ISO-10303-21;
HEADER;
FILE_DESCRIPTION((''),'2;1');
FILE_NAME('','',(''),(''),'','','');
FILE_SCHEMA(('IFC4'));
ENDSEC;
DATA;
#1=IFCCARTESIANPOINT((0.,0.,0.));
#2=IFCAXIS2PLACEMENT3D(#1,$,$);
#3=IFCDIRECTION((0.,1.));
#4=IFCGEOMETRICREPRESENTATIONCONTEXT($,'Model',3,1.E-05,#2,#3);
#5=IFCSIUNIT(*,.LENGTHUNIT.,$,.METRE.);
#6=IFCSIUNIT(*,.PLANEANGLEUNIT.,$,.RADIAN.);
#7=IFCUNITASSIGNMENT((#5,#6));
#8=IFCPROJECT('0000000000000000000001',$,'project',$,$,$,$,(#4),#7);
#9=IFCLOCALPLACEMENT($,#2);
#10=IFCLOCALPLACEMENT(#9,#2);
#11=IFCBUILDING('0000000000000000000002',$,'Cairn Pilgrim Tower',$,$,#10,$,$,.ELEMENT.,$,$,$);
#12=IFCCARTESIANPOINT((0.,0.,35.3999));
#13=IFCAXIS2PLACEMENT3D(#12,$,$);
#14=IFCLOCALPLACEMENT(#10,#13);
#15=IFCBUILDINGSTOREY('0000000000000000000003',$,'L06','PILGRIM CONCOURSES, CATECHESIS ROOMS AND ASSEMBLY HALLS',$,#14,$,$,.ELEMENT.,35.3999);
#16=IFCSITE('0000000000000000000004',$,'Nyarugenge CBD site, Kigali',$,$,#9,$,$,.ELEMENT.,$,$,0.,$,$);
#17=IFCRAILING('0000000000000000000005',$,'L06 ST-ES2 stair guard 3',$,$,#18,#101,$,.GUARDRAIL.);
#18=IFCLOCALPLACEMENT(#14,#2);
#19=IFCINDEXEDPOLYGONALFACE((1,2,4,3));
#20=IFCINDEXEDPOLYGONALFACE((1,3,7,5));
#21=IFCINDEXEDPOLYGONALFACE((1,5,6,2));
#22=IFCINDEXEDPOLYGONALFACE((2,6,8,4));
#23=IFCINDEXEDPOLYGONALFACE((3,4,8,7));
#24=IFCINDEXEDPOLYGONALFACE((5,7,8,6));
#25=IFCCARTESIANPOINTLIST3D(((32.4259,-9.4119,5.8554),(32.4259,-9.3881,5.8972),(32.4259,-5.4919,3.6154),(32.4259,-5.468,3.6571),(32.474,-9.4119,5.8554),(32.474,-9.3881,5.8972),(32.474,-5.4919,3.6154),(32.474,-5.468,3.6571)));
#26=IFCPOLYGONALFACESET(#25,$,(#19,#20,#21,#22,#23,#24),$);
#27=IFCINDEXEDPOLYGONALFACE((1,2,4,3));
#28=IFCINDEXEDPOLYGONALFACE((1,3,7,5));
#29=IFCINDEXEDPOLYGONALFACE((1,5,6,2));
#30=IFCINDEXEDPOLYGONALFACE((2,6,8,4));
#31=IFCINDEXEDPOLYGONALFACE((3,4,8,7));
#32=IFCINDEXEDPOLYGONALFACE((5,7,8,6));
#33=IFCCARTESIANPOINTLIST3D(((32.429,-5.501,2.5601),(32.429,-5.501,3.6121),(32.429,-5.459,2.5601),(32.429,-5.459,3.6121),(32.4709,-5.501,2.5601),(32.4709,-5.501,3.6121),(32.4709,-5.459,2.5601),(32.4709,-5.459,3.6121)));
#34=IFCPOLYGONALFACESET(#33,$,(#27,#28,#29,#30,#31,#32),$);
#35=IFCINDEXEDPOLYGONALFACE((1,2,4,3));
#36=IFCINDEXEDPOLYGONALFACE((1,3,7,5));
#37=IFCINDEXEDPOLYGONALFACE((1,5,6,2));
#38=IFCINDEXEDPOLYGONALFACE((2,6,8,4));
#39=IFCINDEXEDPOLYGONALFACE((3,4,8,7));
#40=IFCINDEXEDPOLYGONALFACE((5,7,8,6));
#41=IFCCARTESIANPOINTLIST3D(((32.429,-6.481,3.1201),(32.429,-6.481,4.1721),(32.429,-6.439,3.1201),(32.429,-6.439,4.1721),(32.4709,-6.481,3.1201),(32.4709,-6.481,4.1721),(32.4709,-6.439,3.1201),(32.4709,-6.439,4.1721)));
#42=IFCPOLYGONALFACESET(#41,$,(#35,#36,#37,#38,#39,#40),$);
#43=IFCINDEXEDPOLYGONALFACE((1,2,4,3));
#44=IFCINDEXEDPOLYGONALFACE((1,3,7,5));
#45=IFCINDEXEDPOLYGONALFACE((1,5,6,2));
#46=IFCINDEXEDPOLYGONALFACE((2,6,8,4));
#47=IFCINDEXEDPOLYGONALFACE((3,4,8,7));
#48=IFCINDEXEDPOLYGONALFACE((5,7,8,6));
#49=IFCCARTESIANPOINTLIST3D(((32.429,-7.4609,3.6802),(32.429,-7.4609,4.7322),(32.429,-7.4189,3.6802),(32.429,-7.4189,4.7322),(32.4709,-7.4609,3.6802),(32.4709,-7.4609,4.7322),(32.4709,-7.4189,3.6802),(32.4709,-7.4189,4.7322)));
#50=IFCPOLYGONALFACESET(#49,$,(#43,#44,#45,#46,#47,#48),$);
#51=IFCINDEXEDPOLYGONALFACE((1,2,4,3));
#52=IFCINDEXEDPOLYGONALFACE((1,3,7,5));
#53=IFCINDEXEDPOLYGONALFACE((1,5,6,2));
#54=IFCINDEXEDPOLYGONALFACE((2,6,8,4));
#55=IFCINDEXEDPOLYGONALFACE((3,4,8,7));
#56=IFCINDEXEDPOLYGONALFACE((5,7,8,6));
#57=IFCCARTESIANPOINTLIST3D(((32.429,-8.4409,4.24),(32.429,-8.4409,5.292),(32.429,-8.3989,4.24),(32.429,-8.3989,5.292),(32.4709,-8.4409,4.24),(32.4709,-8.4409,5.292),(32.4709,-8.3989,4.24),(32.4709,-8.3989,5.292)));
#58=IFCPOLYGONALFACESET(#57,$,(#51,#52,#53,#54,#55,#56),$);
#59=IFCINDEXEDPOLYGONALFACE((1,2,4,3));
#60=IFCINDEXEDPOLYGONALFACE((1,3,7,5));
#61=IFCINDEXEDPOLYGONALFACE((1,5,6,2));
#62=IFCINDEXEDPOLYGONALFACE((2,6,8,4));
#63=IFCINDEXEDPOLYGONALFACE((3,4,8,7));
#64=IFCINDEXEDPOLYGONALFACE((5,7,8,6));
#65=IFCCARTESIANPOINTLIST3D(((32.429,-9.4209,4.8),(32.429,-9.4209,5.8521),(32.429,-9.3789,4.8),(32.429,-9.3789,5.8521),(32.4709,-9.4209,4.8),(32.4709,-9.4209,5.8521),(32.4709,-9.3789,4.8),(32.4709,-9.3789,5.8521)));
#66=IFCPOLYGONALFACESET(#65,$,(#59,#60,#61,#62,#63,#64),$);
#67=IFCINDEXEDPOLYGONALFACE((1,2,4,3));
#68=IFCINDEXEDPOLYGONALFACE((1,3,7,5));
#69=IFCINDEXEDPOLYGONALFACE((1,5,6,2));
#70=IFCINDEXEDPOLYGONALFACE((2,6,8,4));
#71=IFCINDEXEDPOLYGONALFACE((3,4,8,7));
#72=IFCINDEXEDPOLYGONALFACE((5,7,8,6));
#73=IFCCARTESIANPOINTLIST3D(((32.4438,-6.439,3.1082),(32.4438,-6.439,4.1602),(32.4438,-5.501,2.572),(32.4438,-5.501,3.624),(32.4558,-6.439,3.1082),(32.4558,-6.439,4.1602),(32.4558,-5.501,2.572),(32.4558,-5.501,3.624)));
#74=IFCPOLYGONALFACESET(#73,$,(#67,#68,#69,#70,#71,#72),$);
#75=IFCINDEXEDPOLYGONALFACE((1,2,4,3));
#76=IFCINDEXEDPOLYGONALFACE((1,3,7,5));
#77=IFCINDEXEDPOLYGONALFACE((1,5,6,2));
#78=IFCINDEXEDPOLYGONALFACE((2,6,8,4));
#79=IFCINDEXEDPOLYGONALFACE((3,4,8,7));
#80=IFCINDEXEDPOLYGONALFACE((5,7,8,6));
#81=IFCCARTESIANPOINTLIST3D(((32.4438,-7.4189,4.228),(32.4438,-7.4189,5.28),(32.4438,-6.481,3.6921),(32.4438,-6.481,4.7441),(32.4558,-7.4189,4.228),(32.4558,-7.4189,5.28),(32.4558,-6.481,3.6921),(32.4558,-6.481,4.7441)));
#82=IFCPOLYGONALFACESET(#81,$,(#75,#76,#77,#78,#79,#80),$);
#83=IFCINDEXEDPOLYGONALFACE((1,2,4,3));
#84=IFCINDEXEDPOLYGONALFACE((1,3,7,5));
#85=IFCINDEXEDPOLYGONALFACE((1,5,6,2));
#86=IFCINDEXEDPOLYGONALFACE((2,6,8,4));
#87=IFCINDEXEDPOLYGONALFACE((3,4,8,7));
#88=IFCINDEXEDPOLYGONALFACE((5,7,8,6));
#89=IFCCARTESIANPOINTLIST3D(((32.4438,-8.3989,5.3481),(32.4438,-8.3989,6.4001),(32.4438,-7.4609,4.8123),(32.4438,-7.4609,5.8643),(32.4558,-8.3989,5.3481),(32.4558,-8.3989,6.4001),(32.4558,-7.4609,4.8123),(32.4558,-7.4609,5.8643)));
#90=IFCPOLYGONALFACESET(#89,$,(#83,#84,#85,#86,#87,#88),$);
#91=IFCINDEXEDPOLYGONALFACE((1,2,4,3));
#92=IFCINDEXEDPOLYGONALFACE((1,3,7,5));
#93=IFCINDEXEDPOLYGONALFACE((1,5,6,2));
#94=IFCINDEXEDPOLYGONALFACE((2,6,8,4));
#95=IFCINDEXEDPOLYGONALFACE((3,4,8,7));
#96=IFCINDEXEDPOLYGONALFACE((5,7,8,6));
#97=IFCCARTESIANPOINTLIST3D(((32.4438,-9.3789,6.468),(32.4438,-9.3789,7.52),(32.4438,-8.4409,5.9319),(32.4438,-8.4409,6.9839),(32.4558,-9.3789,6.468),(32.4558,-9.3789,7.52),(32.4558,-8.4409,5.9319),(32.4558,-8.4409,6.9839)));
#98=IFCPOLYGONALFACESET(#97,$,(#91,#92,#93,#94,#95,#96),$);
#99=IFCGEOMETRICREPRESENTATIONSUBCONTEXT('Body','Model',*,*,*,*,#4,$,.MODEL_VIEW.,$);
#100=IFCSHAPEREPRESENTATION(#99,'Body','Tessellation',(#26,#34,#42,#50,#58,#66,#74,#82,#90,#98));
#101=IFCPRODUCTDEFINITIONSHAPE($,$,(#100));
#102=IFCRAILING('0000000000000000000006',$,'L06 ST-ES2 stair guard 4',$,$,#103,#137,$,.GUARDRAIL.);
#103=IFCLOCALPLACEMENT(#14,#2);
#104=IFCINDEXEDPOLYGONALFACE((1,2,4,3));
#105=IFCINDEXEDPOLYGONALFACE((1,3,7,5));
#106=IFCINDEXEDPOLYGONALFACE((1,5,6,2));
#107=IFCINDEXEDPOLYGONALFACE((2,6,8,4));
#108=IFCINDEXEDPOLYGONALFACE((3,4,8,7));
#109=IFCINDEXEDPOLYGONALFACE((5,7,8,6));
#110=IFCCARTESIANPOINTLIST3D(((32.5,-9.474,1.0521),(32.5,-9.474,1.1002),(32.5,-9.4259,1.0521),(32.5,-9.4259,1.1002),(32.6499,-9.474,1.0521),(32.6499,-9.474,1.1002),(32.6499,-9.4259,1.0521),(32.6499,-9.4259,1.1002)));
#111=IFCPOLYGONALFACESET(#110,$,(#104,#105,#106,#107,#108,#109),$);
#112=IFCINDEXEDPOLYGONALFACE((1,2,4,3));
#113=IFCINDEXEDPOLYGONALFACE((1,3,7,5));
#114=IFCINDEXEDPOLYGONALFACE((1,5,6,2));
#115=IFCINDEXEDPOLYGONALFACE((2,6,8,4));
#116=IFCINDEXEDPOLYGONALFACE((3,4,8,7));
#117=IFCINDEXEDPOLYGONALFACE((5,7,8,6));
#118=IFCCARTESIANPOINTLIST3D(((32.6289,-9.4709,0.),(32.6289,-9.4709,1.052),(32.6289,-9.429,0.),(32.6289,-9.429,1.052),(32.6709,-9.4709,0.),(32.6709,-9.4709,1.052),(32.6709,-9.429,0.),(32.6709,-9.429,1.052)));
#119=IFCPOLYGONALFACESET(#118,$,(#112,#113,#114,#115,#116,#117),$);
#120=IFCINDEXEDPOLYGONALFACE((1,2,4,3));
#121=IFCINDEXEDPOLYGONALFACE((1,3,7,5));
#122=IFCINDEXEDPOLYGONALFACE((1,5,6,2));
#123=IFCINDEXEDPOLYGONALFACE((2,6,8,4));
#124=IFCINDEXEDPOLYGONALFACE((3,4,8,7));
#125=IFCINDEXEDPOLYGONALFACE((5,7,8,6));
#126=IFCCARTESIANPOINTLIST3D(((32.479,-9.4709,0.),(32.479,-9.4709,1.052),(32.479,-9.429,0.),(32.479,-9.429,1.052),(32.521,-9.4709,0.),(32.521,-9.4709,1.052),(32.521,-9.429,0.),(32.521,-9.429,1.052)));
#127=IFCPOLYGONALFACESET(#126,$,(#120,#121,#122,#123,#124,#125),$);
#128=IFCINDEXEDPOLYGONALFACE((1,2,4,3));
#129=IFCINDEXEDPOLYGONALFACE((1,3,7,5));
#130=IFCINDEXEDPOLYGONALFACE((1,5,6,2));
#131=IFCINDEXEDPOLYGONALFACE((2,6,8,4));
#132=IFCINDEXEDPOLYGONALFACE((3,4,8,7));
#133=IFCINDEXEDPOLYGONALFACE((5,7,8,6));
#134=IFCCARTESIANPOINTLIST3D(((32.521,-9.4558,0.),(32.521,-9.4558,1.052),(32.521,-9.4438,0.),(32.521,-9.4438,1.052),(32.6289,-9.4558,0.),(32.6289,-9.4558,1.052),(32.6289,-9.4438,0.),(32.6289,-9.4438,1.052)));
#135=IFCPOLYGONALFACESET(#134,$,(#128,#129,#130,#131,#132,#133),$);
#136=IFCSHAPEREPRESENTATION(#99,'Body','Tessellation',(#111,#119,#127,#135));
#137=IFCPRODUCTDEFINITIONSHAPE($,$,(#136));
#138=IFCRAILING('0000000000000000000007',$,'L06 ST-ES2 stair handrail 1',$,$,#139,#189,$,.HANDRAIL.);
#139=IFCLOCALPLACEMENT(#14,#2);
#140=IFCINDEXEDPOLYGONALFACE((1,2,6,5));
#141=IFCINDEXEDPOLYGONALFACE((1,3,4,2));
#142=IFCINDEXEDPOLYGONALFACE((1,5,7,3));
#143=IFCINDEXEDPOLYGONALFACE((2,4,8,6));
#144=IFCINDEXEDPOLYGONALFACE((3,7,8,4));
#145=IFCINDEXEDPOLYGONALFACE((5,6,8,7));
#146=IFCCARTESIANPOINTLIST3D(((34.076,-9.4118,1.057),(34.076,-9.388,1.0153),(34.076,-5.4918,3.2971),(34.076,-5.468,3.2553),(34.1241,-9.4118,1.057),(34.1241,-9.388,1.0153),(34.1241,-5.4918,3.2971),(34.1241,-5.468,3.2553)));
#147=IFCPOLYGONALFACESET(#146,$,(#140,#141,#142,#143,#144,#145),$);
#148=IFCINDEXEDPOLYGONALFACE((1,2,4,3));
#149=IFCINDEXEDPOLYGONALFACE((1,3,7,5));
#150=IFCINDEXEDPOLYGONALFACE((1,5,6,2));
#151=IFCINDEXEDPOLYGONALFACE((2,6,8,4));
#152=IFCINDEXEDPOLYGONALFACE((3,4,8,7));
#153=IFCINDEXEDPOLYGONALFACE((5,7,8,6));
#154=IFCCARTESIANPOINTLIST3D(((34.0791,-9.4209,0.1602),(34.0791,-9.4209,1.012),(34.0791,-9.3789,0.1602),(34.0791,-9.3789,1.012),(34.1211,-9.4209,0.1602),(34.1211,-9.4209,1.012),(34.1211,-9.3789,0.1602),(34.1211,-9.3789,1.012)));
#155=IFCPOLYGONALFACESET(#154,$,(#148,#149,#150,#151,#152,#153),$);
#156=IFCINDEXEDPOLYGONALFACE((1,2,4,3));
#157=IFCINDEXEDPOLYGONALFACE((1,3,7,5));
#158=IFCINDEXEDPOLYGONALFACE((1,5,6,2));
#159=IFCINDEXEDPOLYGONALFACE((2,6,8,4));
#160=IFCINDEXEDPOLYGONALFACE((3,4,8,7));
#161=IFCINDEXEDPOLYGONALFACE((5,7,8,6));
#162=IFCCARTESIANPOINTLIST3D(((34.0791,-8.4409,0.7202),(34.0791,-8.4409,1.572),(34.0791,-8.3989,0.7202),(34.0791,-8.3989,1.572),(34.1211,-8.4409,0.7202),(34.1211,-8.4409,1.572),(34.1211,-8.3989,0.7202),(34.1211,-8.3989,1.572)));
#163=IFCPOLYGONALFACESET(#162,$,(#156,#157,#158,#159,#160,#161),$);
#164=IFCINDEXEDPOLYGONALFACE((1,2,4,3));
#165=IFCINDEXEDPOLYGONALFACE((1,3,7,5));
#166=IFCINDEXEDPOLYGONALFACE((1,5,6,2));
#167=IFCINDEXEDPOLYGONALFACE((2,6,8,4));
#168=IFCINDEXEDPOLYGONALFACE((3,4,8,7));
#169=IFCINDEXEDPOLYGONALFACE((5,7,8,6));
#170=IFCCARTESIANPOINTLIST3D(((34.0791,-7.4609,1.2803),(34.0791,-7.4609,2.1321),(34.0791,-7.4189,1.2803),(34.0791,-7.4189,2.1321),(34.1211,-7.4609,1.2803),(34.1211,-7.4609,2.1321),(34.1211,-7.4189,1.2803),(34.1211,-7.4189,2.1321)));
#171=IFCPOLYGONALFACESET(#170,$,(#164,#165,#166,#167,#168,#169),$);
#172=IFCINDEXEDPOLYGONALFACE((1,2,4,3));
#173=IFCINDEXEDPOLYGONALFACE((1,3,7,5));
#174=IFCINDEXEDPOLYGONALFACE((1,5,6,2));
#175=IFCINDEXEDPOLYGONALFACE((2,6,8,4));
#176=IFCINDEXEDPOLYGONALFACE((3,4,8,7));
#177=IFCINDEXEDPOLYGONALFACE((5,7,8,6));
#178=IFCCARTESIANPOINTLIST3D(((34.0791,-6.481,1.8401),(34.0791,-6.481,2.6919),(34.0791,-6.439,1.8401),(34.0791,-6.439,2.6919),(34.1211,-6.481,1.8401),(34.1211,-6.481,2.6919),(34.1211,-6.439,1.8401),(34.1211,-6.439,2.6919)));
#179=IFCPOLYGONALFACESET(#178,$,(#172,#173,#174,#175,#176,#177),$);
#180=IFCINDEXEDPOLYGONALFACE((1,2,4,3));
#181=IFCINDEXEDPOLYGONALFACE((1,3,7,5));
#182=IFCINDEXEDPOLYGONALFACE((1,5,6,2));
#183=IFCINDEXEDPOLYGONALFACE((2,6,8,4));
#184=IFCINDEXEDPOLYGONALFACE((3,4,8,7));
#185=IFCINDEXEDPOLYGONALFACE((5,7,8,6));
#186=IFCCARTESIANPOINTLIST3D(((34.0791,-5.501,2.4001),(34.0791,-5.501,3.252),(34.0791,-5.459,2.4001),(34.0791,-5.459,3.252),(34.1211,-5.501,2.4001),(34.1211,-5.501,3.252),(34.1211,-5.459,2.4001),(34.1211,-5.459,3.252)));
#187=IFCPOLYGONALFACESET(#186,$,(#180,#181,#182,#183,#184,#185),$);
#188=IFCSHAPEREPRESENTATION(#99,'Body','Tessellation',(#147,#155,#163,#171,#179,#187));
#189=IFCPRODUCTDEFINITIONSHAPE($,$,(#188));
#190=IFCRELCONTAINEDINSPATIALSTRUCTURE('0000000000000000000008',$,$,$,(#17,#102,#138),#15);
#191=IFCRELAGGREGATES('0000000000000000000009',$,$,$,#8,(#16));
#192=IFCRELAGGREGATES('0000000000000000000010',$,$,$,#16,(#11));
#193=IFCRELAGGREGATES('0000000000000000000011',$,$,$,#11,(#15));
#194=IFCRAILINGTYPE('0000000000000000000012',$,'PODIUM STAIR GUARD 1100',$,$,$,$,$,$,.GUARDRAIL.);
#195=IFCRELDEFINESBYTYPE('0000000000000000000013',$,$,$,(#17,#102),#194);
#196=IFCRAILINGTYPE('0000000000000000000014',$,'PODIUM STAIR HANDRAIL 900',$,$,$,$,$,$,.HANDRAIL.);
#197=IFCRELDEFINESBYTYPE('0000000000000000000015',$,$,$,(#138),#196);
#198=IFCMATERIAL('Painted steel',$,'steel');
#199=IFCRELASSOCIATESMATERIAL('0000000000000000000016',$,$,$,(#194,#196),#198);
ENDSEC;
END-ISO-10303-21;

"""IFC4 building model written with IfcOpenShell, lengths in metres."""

from ifc_helpers import new_model, si_unit, direction, frame, origin, origin_2d, place, context, subcontext, project, spatial, polyline, rectangle, outline, extrude, material, type_object, element, save


model = new_model("IFC4")

# Units and contexts
model_context = context("Model", 3, precision=1e-05, world=origin(), true_north=direction((0.0, 1.0)))
body_context = subcontext(model_context, "Body", "Model", "MODEL_VIEW")
ifc_project = project(units=[si_unit("LENGTHUNIT", "METRE"), si_unit("PLANEANGLEUNIT", "RADIAN")], contexts=[model_context])

# Site, building, storey
site_placement = place(None, origin())
site = spatial("IfcSite", under=ifc_project, at=site_placement, Name="Nyarugenge CBD site, Kigali", CompositionType="ELEMENT", RefElevation=0.0)
building_placement = place(site_placement, origin())
building = spatial("IfcBuilding", under=site, at=building_placement, Name="Cairn Pilgrim Tower", CompositionType="ELEMENT")
storey_placement = place(building_placement, frame((0.0, 0.0, 35.3999)))
storey = spatial("IfcBuildingStorey", under=building, at=storey_placement, Name="L06", Description="PILGRIM CONCOURSES, CATECHESIS ROOMS AND ASSEMBLY HALLS", CompositionType="ELEMENT", Elevation=35.3999)

# Railings
ifc_material_1 = material(Name="Painted steel", Category="steel")
railing_type_1 = type_object("IfcRailingType", Name="PODIUM STAIR GUARD 1100", PredefinedType="GUARDRAIL", material=ifc_material_1)
railing_1_placement = place(storey_placement, frame((32.45, -5.48, 2.5601)))
element("IfcRailing", 1, at=railing_1_placement, inside=storey, type_object=railing_type_1, Name="L06 ST-ES2 stair guard 3", PredefinedType="GUARDRAIL", context=body_context, shape_type="SweptSolid", body=[
    extrude(rectangle(XDim=0.0481, YDim=0.0481, at=origin_2d()), frame((0.0, 0.0, 1.0762), z_axis=(0.0, -0.86824, 0.496145), x_axis=(1.0, 0.0, 0.0)), (0.0, 0.0, 1.0), 4.5149),
    extrude(rectangle(XDim=0.042, YDim=0.042, at=origin_2d()), origin(), (0.0, 0.0, 1.0), 1.052),
    extrude(rectangle(XDim=0.042, YDim=0.042, at=origin_2d()), frame((0.0, -0.98, 0.5601)), (0.0, 0.0, 1.0), 1.052),
    extrude(rectangle(XDim=0.042, YDim=0.042, at=origin_2d()), frame((0.0, -1.96, 1.1201)), (0.0, 0.0, 1.0), 1.052),
    extrude(rectangle(XDim=0.042, YDim=0.042, at=origin_2d()), frame((0.0, -2.9399, 1.6799)), (0.0, 0.0, 1.0), 1.052),
    extrude(rectangle(XDim=0.042, YDim=0.042, at=origin_2d()), frame((0.0, -3.9199, 2.24)), (0.0, 0.0, 1.0), 1.052),
    extrude(outline(polyline([(0.021, 0.012), (0.959, 0.5481), (0.959, 1.6001), (0.021, 1.064), (0.021, 0.012)])), frame((0.0059, 0.0, 0.0), z_axis=(-1.0, 0.0, 0.0), x_axis=(0.0, -1.0, 0.0)), (0.0, 0.0, 1.0), 0.012),
    extrude(outline(polyline([(0.021, 0.572), (0.959, 1.1079), (0.959, 2.1599), (0.021, 1.624), (0.021, 0.572)])), frame((0.0059, -0.98, 0.5601), z_axis=(-1.0, 0.0, 0.0), x_axis=(0.0, -1.0, 0.0)), (0.0, 0.0, 1.0), 0.012),
    extrude(outline(polyline([(0.021, 1.1321), (0.959, 1.668), (0.959, 2.72), (0.021, 2.1841), (0.021, 1.1321)])), frame((0.0059, -1.96, 1.1201), z_axis=(-1.0, 0.0, 0.0), x_axis=(0.0, -1.0, 0.0)), (0.0, 0.0, 1.0), 0.012),
    extrude(outline(polyline([(0.021, 1.6919), (0.959, 2.228), (0.959, 3.28), (0.021, 2.7439), (0.021, 1.6919)])), frame((0.0059, -2.9399, 1.6799), z_axis=(-1.0, 0.0, 0.0), x_axis=(0.0, -1.0, 0.0)), (0.0, 0.0, 1.0), 0.012),
])
railing_2_placement = place(storey_placement, frame((32.6499, -9.45, 0.0)))
element("IfcRailing", 2, at=railing_2_placement, inside=storey, type_object=railing_type_1, Name="L06 ST-ES2 stair guard 4", PredefinedType="GUARDRAIL", context=body_context, shape_type="SweptSolid", body=[
    extrude(rectangle(XDim=0.0481, YDim=0.0481, at=origin_2d()), frame((0.0, 0.0, 1.0762), z_axis=(-1.0, 0.0, 0.0), x_axis=(0.0, -1.0, 0.0)), (0.0, 0.0, 1.0), 0.1499),
    extrude(rectangle(XDim=0.042, YDim=0.042, at=origin_2d()), origin(), (0.0, 0.0, 1.0), 1.052),
    extrude(rectangle(XDim=0.042, YDim=0.042, at=origin_2d()), frame((-0.1499, 0.0, 0.0)), (0.0, 0.0, 1.0), 1.052),
    extrude(outline(polyline([(0.021, 0.0), (0.1289, 0.0), (0.1289, 1.052), (0.021, 1.052), (0.021, 0.0)])), frame((0.0, -0.0059, 0.0), z_axis=(0.0, 1.0, 0.0), x_axis=(-1.0, 0.0, 0.0)), (0.0, 0.0, 1.0), 0.012),
])
railing_type_2 = type_object("IfcRailingType", Name="PODIUM STAIR HANDRAIL 900", PredefinedType="HANDRAIL", material=ifc_material_1)
railing_3_placement = place(storey_placement, frame((34.1001, -9.3999, 0.1602)))
element("IfcRailing", 3, at=railing_3_placement, inside=storey, type_object=railing_type_2, Name="L06 ST-ES2 stair handrail 1", PredefinedType="HANDRAIL", context=body_context, shape_type="SweptSolid", body=[
    extrude(rectangle(XDim=0.0481, YDim=0.0481, at=origin_2d()), frame((0.0, 0.0, 0.876), z_axis=(0.0, 0.86824, 0.496145), x_axis=(-1.0, 0.0, 0.0)), (0.0, 0.0, 1.0), 4.5149),
    extrude(rectangle(XDim=0.042, YDim=0.042, at=origin_2d()), origin(), (0.0, 0.0, 1.0), 0.8518),
    extrude(rectangle(XDim=0.042, YDim=0.042, at=origin_2d()), frame((0.0, 0.98, 0.5601)), (0.0, 0.0, 1.0), 0.8518),
    extrude(rectangle(XDim=0.042, YDim=0.042, at=origin_2d()), frame((0.0, 1.96, 1.1201)), (0.0, 0.0, 1.0), 0.8518),
    extrude(rectangle(XDim=0.042, YDim=0.042, at=origin_2d()), frame((0.0, 2.9399, 1.6799)), (0.0, 0.0, 1.0), 0.8518),
    extrude(rectangle(XDim=0.042, YDim=0.042, at=origin_2d()), frame((0.0, 3.9199, 2.24)), (0.0, 0.0, 1.0), 0.8518),
])

save(model, "model.ifc")
